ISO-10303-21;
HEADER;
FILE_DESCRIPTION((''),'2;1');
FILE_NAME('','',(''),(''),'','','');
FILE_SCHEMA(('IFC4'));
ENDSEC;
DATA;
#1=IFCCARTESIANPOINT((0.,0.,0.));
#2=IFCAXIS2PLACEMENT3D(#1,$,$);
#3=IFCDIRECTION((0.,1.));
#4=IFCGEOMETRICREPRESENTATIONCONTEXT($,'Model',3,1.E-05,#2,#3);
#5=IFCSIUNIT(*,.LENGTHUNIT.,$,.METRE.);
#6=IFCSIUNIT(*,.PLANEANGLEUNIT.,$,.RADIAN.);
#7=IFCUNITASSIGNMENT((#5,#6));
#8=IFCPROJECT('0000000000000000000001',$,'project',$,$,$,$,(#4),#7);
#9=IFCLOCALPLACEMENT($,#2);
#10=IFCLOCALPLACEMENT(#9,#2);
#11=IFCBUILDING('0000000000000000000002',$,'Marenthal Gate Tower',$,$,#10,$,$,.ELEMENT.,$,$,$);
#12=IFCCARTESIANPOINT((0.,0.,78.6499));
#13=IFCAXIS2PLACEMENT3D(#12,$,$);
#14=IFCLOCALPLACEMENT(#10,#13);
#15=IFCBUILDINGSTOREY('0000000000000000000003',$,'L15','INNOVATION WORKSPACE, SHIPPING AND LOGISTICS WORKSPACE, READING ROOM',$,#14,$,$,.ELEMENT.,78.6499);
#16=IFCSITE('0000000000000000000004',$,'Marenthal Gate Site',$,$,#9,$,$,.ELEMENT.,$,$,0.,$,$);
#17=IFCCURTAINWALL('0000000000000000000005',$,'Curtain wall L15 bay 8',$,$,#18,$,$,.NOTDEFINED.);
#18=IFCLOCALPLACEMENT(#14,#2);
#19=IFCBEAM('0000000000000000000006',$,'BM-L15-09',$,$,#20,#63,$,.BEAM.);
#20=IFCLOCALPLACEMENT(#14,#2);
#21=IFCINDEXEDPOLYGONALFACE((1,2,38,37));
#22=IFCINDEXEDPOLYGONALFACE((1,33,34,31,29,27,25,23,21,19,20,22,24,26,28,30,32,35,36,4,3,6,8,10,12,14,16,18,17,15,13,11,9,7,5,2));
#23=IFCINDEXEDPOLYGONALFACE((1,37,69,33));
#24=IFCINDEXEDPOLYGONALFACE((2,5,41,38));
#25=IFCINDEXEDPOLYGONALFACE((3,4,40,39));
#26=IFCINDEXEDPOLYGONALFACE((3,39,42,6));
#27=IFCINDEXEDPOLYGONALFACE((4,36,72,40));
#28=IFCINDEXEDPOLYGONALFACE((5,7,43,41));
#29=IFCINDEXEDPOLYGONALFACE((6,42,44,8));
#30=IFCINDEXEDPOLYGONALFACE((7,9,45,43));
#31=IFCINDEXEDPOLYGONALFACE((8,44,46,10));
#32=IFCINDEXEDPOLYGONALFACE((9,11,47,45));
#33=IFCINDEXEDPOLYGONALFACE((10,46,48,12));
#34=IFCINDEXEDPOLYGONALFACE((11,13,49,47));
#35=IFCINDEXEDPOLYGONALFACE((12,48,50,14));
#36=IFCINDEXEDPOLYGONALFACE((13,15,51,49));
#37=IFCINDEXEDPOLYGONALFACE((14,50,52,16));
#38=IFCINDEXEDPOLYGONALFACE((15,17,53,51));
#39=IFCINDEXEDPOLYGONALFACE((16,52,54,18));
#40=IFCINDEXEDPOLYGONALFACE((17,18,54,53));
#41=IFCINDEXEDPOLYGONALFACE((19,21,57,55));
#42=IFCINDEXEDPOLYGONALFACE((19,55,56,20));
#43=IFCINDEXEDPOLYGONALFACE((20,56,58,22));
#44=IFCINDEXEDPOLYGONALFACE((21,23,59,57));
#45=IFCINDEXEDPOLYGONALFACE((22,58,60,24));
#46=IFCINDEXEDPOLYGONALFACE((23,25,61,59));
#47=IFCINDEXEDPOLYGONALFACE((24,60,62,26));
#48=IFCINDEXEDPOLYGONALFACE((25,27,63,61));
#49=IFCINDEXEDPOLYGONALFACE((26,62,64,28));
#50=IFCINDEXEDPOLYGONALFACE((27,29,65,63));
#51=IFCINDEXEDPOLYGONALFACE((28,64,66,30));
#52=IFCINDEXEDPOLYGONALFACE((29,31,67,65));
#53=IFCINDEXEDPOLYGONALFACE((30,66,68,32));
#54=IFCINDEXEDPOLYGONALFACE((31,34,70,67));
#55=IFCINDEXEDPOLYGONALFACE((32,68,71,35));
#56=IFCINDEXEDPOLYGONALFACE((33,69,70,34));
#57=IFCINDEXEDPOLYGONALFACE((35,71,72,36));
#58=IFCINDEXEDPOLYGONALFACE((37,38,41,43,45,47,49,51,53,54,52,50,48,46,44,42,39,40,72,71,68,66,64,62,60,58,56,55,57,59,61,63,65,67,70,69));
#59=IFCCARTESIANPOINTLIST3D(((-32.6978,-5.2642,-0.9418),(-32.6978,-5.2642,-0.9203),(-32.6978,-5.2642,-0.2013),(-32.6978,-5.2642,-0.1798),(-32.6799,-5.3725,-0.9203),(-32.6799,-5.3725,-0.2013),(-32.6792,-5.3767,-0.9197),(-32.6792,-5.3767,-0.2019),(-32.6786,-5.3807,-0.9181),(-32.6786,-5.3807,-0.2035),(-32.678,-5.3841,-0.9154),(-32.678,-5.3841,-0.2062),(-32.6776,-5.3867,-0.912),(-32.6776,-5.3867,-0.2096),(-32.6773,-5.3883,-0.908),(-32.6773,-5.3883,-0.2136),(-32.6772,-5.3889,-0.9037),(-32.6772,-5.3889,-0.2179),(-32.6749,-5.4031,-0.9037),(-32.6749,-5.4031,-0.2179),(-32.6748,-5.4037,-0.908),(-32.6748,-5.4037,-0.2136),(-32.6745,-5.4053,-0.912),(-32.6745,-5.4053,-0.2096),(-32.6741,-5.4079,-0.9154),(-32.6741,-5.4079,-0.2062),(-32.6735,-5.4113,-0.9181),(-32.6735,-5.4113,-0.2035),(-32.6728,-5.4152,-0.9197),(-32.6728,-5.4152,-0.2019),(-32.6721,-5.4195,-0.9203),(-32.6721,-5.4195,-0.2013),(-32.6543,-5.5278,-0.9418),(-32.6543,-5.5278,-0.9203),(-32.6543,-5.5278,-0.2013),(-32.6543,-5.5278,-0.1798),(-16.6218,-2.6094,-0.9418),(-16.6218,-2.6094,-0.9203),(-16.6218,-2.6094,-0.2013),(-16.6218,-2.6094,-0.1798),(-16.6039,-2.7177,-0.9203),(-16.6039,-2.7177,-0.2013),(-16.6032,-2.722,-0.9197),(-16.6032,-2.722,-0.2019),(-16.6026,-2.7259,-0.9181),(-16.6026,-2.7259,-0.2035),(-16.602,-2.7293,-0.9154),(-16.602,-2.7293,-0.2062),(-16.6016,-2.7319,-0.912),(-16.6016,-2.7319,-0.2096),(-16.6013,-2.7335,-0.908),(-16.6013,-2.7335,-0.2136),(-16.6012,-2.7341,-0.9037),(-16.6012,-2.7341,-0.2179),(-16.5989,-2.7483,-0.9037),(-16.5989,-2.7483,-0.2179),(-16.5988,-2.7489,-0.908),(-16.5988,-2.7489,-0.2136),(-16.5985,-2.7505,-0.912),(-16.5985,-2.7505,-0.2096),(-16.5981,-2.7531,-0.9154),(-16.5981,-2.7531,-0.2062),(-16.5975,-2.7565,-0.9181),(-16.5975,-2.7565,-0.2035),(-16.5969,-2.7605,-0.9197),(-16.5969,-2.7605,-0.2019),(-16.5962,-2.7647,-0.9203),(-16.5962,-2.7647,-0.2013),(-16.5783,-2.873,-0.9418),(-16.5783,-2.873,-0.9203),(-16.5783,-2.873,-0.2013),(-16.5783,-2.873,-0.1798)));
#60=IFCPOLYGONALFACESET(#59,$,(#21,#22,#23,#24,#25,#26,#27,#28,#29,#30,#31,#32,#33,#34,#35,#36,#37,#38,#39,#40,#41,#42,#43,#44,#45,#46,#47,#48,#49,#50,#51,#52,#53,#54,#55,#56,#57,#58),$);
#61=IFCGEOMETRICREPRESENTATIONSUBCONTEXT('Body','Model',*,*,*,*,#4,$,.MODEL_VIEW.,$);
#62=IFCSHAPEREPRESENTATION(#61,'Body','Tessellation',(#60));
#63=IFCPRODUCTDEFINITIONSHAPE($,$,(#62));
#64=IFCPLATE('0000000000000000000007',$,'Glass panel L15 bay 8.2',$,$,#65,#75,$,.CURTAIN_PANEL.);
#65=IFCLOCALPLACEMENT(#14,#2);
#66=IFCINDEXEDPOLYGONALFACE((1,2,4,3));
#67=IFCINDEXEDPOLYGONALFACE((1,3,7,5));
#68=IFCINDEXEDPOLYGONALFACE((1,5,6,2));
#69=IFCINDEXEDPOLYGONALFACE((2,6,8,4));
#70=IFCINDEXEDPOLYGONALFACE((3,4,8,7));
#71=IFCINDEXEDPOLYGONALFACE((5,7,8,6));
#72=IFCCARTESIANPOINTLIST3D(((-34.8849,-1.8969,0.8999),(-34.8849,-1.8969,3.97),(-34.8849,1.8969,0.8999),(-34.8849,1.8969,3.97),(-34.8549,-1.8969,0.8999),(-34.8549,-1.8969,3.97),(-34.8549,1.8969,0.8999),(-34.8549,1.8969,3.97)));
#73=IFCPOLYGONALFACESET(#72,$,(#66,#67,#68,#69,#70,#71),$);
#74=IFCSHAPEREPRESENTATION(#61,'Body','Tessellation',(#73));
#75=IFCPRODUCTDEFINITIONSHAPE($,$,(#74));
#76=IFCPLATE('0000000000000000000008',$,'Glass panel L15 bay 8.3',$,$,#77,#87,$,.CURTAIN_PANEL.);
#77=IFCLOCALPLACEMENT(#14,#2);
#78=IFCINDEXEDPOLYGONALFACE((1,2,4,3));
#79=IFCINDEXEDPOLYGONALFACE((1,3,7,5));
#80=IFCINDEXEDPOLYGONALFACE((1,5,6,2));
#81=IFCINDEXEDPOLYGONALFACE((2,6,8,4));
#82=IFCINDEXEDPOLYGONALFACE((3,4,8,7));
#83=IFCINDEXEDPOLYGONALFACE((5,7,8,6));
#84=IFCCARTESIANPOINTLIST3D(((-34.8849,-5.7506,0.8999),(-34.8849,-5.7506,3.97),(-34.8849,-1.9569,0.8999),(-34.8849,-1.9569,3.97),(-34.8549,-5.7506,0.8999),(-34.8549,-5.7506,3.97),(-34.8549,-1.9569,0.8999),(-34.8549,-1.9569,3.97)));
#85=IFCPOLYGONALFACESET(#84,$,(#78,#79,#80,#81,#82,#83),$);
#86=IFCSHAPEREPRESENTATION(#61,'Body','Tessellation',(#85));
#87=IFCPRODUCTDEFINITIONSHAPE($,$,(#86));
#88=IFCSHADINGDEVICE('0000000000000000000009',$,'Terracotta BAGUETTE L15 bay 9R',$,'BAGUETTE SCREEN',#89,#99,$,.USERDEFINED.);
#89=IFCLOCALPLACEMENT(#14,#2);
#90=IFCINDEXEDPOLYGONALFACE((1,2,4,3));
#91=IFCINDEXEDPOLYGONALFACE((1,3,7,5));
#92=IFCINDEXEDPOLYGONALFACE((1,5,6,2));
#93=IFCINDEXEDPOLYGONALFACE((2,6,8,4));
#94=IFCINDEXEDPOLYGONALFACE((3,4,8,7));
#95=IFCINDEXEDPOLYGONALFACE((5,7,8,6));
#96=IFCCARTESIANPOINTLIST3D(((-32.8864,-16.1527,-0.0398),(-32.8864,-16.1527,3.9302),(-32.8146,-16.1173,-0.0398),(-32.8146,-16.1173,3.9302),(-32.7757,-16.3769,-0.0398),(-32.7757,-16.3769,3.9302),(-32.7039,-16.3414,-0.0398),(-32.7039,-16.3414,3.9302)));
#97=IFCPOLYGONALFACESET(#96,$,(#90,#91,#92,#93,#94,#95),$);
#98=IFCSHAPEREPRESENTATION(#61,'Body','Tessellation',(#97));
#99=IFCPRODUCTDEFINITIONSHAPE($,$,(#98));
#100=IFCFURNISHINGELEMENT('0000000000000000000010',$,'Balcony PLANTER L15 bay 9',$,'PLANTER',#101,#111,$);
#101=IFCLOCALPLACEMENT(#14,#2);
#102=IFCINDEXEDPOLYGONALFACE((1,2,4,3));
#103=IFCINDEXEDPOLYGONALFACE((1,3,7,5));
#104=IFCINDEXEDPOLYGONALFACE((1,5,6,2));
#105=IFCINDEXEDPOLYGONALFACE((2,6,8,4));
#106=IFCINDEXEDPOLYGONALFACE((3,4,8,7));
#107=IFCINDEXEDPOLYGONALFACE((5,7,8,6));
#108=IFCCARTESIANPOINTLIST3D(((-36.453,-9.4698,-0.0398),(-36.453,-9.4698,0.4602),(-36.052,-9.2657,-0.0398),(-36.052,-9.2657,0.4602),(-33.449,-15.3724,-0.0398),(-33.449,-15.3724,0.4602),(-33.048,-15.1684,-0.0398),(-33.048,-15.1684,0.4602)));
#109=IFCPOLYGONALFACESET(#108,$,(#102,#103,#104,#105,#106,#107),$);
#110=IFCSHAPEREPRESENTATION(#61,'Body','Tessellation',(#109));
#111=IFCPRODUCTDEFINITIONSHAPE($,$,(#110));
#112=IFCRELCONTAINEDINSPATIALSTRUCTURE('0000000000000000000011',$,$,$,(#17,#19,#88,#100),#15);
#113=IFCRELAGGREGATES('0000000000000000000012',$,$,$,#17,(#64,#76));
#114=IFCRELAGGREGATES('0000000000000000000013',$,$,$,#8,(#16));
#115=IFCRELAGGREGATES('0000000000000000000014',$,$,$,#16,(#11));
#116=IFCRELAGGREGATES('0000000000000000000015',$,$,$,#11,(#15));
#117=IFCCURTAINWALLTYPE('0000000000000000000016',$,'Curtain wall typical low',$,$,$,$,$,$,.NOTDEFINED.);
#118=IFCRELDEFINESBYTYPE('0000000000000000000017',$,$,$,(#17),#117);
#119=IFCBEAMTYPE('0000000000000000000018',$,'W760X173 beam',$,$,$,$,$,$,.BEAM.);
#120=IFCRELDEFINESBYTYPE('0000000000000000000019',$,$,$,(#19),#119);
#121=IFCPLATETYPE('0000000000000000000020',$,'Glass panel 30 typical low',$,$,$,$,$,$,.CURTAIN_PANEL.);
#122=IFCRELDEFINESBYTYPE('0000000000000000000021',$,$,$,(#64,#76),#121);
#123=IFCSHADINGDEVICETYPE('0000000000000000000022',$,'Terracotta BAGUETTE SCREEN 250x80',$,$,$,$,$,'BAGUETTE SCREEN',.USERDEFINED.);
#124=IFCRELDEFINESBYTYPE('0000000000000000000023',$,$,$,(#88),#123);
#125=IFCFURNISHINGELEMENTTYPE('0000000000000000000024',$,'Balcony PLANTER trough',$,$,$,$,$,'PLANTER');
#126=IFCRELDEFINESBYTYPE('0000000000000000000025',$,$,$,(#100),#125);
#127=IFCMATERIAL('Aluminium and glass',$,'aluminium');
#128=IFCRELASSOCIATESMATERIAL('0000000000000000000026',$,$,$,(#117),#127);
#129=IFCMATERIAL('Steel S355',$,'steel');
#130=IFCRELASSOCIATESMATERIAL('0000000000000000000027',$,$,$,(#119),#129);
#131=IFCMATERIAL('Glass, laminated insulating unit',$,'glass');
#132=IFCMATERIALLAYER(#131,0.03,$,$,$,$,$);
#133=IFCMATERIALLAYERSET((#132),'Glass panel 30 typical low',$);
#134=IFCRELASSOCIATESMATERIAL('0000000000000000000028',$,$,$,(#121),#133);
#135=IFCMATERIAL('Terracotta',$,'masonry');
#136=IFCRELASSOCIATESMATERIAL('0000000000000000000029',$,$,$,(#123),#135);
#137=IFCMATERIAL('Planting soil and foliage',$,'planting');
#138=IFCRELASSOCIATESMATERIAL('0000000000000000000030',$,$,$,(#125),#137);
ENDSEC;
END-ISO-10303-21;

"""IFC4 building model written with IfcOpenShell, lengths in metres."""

from ifc_helpers import new_model, si_unit, direction, frame, origin, origin_2d, place, context, subcontext, project, spatial, rectangle, i_section, extrude, material, layer, layer_set, material_profile, profile_set, type_object, element, aggregate, save


model = new_model("IFC4")

# Units and contexts
model_context = context("Model", 3, precision=1e-05, world=origin(), true_north=direction((0.0, 1.0)))
body_context = subcontext(model_context, "Body", "Model", "MODEL_VIEW")
ifc_project = project(units=[si_unit("LENGTHUNIT", "METRE"), si_unit("PLANEANGLEUNIT", "RADIAN")], contexts=[model_context])

# Site, building, storey
site_placement = place(None, origin())
site = spatial("IfcSite", under=ifc_project, at=site_placement, Name="Marenthal Gate Site", CompositionType="ELEMENT", RefElevation=0.0)
building_placement = place(site_placement, origin())
building = spatial("IfcBuilding", under=site, at=building_placement, Name="Marenthal Gate Tower", CompositionType="ELEMENT")
storey_placement = place(building_placement, frame((0.0, 0.0, 78.6499)))
storey = spatial("IfcBuildingStorey", under=building, at=storey_placement, Name="L15", Description="INNOVATION WORKSPACE, SHIPPING AND LOGISTICS WORKSPACE, READING ROOM", CompositionType="ELEMENT", Elevation=78.6499)

# Curtain wall
ifc_material_1 = material(Name="Aluminium and glass", Category="aluminium")
curtain_wall_type = type_object("IfcCurtainWallType", Name="Curtain wall typical low", PredefinedType="NOTDEFINED", material=ifc_material_1)
curtain_wall_placement = place(storey_placement, origin())
curtain_wall = element("IfcCurtainWall", 1, at=curtain_wall_placement, inside=storey, type_object=curtain_wall_type, Name="Curtain wall L15 bay 8", PredefinedType="NOTDEFINED")

# Beam
ifc_material_2 = material(Name="Steel S355", Category="steel")
ifc_material_profile_1 = material_profile(ifc_material_2, i_section(OverallWidth=0.2671, OverallDepth=0.762, WebThickness=0.0144, FlangeThickness=0.0215, FilletRadius=0.0166, at=origin_2d()), Name="W760X173")
ifc_profile_set_1 = profile_set([ifc_material_profile_1], Name="Steel S355")
beam_type_1 = type_object("IfcBeamType", Name="W760X173 beam", PredefinedType="BEAM", material=ifc_profile_set_1)
beam_1_placement = place(storey_placement, frame((-32.676, -5.396, -0.5608), z_axis=(0.986637, 0.162934, 0.0), x_axis=(-0.162934, 0.986637, 0.0)))
element("IfcBeam", 2, at=beam_1_placement, inside=storey, type_object=beam_type_1, Name="BM-L15-09", PredefinedType="BEAM", context=body_context, shape_type="SweptSolid", body=[
    extrude(i_section(OverallWidth=0.2671, OverallDepth=0.762, WebThickness=0.0144, FlangeThickness=0.0215, FilletRadius=0.0166, at=origin_2d()), origin(), (0.0, 0.0, 1.0), 16.2937),
])

# Plates
ifc_material_3 = material(Name="Glass, laminated insulating unit", Category="glass")
ifc_layer_1 = layer(ifc_material_3, 0.03)
ifc_layer_set_1 = layer_set([ifc_layer_1], Name="Glass panel 30 typical low")
plate_type = type_object("IfcPlateType", Name="Glass panel 30 typical low", PredefinedType="CURTAIN_PANEL", material=ifc_layer_set_1)
plate_1_placement = place(storey_placement, frame((-34.8699, 0.0, 0.8999), z_axis=(0.0, 0.0, 1.0), x_axis=(0.0, -1.0, 0.0)))
plate_1 = element("IfcPlate", 3, at=plate_1_placement, type_object=plate_type, Name="Glass panel L15 bay 8.2", PredefinedType="CURTAIN_PANEL", context=body_context, shape_type="SweptSolid", body=[
    extrude(rectangle(XDim=3.7937, YDim=0.03, at=origin_2d()), origin(), (0.0, 0.0, 1.0), 3.0701),
])
plate_2_placement = place(storey_placement, frame((-34.8699, -3.8538, 0.8999), z_axis=(0.0, 0.0, 1.0), x_axis=(0.0, -1.0, 0.0)))
plate_2 = element("IfcPlate", 4, at=plate_2_placement, type_object=plate_type, Name="Glass panel L15 bay 8.3", PredefinedType="CURTAIN_PANEL", context=body_context, shape_type="SweptSolid", body=[
    extrude(rectangle(XDim=3.7937, YDim=0.03, at=origin_2d()), origin(), (0.0, 0.0, 1.0), 3.0701),
])
aggregate(curtain_wall, [plate_1, plate_2])

# Shading device
ifc_material_4 = material(Name="Terracotta", Category="masonry")
ifc_material_profile_2 = material_profile(ifc_material_4, rectangle(XDim=0.25, YDim=0.0801, at=origin_2d()), Name="Terracotta baguette 250x80")
ifc_profile_set_2 = profile_set([ifc_material_profile_2], Name="Terracotta")
shading_device_type = type_object("IfcShadingDeviceType", Name="Terracotta BAGUETTE SCREEN 250x80", ElementType="BAGUETTE SCREEN", PredefinedType="USERDEFINED", material=ifc_profile_set_2)
shading_device_placement = place(storey_placement, frame((-32.7952, -16.2471, -0.0398), z_axis=(0.0, 0.0, 1.0), x_axis=(0.442939, -0.896552, 0.0)))
element("IfcShadingDevice", 5, at=shading_device_placement, inside=storey, type_object=shading_device_type, Name="Terracotta BAGUETTE L15 bay 9R", ObjectType="BAGUETTE SCREEN", PredefinedType="USERDEFINED", context=body_context, shape_type="SweptSolid", body=[
    extrude(rectangle(XDim=0.25, YDim=0.0801, at=origin_2d()), origin(), (0.0, 0.0, 1.0), 3.97),
])

# Furnishing element
ifc_material_5 = material(Name="Planting soil and foliage", Category="planting")
furnishing_element_type = type_object("IfcFurnishingElementType", Name="Balcony PLANTER trough", ElementType="PLANTER", material=ifc_material_5)
furnishing_placement = place(storey_placement, frame((-34.7505, -12.3191, -0.0398), z_axis=(0.0, 0.0, 1.0), x_axis=(0.453561, -0.891225, 0.0)))
element("IfcFurnishingElement", 6, at=furnishing_placement, inside=storey, type_object=furnishing_element_type, Name="Balcony PLANTER L15 bay 9", ObjectType="PLANTER", context=body_context, shape_type="SweptSolid", body=[
    extrude(rectangle(XDim=6.623, YDim=0.45, at=origin_2d()), origin(), (0.0, 0.0, 1.0), 0.5),
])

save(model, "model.ifc")
